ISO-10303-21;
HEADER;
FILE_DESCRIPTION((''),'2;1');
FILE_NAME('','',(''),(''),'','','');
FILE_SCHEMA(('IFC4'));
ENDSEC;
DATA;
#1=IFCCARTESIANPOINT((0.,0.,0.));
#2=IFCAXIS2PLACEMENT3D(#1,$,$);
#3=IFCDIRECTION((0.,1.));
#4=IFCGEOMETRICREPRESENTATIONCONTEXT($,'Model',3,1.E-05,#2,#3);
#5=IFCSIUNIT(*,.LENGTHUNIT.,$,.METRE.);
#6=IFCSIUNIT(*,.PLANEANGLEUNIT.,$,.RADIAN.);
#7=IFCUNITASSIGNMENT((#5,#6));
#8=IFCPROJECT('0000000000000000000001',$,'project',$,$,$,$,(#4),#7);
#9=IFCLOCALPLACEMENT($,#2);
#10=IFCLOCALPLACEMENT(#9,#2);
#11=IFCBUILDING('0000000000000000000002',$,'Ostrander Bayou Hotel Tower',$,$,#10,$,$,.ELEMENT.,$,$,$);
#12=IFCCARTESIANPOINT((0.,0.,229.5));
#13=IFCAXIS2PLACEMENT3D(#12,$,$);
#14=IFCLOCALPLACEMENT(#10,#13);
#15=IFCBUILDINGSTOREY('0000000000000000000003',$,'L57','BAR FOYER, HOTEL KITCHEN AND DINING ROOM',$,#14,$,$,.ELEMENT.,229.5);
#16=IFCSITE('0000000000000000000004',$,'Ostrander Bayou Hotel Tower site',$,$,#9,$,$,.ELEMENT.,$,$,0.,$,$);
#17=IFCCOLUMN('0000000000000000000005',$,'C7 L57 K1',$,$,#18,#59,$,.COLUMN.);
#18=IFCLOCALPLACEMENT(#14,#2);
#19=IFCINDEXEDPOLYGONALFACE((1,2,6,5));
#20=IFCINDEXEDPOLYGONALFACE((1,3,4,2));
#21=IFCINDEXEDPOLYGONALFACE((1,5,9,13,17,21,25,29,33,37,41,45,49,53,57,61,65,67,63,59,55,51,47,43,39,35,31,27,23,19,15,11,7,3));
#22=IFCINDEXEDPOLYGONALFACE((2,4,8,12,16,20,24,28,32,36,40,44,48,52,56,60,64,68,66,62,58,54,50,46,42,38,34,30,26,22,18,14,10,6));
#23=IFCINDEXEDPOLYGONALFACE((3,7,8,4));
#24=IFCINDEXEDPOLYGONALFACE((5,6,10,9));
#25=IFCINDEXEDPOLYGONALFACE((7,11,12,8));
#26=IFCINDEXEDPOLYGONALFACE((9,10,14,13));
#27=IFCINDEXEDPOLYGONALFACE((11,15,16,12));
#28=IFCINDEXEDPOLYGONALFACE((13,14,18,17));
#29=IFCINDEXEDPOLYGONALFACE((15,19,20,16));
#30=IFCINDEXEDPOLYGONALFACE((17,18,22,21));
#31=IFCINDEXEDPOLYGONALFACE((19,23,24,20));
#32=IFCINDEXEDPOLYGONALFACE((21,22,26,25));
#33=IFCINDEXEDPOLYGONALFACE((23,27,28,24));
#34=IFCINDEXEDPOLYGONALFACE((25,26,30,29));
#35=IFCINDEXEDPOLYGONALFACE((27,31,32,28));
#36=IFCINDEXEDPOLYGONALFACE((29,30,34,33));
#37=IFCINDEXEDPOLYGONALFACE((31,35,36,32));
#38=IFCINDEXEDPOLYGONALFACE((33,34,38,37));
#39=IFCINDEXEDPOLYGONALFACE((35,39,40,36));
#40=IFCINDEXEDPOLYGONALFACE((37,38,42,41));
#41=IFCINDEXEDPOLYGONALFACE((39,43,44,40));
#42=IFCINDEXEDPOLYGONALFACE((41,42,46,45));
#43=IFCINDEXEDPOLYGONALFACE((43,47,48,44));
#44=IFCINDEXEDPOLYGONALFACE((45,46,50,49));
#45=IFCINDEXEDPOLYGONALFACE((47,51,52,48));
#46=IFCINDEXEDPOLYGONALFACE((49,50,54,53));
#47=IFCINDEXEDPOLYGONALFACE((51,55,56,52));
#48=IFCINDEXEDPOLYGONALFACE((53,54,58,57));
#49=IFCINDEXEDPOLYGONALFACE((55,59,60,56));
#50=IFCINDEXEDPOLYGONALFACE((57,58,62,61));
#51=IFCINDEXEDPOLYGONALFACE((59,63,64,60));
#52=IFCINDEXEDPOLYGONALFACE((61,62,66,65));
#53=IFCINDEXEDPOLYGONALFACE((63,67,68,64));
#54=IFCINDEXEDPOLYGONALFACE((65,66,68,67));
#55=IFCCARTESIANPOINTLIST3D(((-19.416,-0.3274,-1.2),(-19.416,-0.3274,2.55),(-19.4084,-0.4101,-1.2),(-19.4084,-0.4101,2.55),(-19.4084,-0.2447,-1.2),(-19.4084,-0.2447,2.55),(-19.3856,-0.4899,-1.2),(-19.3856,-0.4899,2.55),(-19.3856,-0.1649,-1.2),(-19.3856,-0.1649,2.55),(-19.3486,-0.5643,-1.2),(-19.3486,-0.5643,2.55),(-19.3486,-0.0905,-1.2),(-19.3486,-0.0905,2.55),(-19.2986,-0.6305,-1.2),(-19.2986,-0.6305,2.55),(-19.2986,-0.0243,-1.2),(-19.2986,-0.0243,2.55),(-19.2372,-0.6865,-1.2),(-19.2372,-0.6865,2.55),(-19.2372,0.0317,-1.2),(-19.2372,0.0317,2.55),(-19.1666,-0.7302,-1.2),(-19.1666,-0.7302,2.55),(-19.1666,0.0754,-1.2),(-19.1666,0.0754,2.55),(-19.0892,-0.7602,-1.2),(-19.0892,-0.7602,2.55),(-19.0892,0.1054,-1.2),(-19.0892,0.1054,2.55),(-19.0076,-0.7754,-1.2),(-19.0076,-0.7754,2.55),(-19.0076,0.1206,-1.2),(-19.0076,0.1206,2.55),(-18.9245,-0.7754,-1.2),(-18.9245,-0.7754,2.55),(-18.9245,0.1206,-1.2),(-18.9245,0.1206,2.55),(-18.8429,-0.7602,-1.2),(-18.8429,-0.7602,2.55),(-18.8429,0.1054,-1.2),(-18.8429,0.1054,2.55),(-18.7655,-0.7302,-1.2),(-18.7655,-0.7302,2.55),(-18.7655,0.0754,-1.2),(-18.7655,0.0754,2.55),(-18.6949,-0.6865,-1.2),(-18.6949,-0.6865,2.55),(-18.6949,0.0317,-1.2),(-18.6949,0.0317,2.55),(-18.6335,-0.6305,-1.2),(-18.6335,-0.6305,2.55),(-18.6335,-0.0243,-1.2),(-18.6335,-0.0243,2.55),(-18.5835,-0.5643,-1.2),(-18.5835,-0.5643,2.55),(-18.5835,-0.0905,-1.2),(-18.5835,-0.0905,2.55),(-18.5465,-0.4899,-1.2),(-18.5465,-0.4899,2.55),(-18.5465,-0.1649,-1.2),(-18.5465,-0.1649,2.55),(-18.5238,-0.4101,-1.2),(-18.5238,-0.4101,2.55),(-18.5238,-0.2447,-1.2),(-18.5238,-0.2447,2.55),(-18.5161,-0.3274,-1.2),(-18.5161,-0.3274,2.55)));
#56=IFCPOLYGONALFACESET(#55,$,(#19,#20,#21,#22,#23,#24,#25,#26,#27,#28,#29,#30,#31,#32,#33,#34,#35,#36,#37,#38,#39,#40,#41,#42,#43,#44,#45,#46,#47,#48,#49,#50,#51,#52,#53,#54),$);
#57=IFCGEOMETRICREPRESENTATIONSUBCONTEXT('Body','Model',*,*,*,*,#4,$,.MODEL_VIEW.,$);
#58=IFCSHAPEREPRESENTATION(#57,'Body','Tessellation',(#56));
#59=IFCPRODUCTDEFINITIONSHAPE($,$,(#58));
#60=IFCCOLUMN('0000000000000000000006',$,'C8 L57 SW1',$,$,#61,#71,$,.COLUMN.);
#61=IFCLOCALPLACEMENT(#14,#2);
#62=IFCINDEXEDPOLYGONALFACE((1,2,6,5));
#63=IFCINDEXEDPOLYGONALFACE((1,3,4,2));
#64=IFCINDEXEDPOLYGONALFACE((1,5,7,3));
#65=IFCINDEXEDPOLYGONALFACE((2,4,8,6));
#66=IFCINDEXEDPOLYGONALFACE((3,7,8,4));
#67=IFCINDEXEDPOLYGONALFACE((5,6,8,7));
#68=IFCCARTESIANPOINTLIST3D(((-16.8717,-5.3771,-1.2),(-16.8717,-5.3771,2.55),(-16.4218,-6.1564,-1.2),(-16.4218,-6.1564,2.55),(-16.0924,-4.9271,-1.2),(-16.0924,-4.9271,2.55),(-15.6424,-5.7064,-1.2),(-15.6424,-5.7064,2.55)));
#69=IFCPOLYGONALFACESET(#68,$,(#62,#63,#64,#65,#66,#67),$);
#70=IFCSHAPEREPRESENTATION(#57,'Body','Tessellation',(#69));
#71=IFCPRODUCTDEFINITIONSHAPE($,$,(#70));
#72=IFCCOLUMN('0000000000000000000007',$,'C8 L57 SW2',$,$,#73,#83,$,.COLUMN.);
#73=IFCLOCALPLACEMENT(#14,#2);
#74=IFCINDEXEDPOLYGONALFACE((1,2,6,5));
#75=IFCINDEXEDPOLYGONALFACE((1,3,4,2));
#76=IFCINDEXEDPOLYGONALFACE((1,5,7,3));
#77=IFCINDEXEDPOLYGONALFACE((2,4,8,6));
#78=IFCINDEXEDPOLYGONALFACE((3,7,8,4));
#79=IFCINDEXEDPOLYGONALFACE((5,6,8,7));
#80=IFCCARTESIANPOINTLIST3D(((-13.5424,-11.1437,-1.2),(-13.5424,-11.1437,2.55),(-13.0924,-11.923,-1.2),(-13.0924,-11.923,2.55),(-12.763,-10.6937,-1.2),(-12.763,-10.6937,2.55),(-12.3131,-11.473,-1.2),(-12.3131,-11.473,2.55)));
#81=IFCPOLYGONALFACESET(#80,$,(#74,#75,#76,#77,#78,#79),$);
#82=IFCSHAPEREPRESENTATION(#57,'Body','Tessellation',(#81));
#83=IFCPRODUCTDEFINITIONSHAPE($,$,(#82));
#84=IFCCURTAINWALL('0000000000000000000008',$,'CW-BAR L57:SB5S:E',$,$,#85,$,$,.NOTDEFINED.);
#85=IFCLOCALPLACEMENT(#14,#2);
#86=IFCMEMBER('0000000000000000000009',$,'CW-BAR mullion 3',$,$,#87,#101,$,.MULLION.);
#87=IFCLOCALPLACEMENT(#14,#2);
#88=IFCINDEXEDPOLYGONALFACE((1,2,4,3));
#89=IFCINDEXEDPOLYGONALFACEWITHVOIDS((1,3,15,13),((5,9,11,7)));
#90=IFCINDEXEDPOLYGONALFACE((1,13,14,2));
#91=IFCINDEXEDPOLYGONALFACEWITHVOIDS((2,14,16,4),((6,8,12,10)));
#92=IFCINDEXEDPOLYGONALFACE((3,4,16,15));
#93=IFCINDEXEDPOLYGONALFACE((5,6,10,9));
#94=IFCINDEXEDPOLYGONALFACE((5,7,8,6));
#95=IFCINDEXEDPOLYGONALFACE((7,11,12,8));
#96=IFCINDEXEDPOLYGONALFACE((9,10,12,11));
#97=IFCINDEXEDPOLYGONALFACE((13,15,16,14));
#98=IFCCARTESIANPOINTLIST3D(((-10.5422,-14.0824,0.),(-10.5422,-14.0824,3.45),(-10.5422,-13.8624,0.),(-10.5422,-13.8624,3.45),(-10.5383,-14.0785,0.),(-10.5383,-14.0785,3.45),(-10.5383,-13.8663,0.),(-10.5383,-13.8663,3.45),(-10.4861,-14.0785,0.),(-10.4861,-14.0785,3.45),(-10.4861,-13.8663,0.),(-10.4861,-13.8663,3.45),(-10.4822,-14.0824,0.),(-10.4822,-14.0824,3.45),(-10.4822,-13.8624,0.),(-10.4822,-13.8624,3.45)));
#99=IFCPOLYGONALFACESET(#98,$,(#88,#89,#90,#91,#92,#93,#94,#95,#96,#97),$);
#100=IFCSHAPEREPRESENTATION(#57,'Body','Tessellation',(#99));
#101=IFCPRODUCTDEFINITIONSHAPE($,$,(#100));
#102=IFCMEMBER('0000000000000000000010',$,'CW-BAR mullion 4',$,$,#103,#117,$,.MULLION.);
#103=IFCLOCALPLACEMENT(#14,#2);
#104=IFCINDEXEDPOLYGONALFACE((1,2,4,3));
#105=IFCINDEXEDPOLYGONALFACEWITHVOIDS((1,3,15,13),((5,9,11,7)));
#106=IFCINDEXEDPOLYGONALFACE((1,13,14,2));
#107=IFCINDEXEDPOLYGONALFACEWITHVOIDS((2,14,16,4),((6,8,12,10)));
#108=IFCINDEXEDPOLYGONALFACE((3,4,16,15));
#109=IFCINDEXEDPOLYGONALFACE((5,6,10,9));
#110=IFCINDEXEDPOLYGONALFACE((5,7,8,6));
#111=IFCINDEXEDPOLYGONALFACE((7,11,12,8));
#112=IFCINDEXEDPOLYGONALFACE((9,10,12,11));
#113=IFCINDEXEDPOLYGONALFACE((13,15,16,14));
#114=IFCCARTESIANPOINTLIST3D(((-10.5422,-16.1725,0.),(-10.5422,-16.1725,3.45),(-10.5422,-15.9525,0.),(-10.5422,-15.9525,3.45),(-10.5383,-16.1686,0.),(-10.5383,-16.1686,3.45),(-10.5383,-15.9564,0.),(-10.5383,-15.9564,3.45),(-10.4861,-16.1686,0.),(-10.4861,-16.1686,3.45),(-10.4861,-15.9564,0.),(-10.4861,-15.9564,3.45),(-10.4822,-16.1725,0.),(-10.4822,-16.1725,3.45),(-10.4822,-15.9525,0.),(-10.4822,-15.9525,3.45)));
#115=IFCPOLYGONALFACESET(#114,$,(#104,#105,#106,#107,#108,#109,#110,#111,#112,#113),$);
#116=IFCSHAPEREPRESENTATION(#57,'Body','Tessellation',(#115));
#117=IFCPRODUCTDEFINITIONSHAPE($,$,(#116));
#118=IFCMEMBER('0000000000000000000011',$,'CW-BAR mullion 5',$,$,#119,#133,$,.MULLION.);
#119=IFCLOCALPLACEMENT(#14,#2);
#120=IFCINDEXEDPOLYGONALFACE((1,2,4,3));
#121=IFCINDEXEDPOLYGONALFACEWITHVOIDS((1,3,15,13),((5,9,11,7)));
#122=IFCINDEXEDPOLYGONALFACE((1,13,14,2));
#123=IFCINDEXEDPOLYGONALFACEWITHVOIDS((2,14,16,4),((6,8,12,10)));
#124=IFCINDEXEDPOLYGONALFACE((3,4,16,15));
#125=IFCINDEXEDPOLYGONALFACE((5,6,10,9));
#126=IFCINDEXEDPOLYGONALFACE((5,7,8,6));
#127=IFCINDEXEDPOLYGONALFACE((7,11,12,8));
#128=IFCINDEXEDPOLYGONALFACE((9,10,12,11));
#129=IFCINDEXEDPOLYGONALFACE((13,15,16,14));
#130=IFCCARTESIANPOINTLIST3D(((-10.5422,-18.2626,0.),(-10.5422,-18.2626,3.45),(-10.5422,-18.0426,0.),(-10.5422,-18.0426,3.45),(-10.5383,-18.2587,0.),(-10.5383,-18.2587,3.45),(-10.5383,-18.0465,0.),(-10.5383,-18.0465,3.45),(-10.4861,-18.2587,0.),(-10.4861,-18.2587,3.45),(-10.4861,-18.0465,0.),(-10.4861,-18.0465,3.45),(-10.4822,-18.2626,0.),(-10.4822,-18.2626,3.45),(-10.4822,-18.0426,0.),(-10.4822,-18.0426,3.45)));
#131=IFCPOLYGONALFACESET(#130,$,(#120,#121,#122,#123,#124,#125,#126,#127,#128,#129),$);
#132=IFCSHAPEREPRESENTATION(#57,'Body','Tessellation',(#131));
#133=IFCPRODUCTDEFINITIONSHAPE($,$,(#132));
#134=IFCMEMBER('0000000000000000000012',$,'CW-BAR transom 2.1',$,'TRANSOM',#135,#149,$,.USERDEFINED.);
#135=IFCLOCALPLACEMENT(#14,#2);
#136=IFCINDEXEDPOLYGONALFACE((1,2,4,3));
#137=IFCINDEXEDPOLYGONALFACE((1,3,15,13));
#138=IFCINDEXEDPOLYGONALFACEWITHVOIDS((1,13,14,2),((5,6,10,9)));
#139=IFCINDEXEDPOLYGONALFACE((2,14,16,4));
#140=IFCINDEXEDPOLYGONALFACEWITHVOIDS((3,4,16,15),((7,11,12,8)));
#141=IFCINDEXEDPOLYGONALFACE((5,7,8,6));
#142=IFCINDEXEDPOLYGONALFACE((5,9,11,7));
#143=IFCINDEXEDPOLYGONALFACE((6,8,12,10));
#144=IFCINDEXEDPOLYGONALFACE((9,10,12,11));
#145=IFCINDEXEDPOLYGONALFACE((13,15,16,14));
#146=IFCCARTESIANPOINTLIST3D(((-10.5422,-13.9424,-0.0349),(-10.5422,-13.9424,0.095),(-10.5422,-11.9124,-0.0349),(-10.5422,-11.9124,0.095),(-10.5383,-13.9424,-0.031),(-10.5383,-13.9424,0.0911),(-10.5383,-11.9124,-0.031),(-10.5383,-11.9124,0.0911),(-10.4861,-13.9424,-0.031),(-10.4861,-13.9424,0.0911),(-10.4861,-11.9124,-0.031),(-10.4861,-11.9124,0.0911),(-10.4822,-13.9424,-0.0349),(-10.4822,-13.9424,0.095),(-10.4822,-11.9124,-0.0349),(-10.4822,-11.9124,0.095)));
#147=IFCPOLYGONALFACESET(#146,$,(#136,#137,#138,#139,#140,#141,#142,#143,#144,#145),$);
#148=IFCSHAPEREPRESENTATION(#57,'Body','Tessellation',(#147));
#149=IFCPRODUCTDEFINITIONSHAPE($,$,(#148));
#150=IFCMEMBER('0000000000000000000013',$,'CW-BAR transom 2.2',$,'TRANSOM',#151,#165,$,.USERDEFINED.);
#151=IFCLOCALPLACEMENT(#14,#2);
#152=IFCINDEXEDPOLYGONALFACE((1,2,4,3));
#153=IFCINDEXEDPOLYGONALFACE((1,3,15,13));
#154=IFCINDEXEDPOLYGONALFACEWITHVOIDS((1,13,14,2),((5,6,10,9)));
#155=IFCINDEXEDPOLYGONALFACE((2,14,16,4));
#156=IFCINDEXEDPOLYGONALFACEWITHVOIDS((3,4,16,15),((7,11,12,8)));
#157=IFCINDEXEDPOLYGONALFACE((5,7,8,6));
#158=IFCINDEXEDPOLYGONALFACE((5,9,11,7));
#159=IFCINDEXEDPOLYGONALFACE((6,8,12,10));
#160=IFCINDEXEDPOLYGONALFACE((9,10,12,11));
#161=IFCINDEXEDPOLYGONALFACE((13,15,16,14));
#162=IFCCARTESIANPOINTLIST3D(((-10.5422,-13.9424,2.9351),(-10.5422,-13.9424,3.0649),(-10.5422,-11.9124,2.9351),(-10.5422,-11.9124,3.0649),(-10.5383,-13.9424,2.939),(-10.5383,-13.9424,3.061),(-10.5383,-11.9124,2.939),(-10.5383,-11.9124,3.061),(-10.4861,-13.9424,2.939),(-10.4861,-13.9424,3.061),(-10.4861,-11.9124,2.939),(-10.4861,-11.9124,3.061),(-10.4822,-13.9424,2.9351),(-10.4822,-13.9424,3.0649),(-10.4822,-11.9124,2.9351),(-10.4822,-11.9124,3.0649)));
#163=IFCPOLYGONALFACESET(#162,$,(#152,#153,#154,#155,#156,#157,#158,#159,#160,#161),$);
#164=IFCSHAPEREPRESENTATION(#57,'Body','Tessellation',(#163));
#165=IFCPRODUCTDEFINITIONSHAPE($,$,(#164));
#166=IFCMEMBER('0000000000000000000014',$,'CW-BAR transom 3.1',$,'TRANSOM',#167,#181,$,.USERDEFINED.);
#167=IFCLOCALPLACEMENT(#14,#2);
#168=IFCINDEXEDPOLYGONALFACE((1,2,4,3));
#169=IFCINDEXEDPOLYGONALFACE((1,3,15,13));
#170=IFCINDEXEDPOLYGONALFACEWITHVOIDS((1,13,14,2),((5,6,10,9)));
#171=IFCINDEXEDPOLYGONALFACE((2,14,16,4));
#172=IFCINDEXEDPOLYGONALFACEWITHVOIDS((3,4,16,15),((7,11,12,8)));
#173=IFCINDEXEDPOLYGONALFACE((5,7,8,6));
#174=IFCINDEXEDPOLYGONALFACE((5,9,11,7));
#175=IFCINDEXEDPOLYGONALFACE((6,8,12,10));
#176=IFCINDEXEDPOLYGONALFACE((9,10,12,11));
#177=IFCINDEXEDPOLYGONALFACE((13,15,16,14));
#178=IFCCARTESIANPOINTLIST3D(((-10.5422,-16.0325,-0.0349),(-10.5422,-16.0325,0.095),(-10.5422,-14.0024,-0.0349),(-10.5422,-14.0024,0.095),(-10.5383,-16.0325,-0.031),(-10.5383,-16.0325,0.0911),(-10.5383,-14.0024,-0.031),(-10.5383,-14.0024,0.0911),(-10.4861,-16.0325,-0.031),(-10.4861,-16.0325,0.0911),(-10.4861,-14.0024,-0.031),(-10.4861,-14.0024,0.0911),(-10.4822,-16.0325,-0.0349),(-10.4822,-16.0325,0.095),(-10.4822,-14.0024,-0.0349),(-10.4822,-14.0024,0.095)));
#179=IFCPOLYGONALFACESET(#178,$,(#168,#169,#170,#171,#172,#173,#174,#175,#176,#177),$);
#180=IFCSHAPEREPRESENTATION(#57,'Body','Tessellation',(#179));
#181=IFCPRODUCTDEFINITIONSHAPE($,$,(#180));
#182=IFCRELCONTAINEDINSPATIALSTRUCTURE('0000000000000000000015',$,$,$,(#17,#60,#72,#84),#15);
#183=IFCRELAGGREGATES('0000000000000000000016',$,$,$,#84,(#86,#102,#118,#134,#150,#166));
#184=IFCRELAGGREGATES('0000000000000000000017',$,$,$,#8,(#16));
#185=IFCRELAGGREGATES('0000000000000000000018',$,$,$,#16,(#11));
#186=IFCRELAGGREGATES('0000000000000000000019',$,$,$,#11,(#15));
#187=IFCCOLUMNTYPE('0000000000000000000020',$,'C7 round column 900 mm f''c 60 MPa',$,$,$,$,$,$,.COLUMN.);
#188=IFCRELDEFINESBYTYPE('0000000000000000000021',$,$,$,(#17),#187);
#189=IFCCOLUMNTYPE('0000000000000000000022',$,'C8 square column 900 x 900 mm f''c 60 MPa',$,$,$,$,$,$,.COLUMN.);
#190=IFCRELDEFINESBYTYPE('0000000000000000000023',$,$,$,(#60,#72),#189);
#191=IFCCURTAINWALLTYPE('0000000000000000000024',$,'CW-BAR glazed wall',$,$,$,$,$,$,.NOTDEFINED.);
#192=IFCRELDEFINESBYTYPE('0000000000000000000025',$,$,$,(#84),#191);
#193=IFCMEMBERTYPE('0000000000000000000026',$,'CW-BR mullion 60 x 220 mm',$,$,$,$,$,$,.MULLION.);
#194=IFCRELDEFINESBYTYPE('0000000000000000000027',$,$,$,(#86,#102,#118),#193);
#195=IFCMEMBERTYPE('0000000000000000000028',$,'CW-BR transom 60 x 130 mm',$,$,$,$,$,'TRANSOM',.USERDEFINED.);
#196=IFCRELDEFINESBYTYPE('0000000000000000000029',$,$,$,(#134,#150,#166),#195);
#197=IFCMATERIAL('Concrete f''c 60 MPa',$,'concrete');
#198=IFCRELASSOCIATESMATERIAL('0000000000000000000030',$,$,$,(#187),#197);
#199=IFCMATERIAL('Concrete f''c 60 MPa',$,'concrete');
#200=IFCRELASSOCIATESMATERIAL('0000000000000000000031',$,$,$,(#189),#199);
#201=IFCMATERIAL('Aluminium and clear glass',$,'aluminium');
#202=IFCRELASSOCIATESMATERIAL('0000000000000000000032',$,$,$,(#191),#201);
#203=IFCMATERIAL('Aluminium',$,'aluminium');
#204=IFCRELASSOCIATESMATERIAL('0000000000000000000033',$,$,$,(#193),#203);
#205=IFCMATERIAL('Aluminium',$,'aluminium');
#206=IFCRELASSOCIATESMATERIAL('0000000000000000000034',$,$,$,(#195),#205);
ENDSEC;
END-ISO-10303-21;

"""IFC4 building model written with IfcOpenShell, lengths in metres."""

from ifc_helpers import new_model, si_unit, direction, frame, origin, origin_2d, place, context, subcontext, project, spatial, rectangle, hollow_rectangle, circle, extrude, material, material_profile, profile_set, type_object, element, aggregate, save


model = new_model("IFC4")

# Units and contexts
model_context = context("Model", 3, precision=1e-05, world=origin(), true_north=direction((0.0, 1.0)))
body_context = subcontext(model_context, "Body", "Model", "MODEL_VIEW")
ifc_project = project(units=[si_unit("LENGTHUNIT", "METRE"), si_unit("PLANEANGLEUNIT", "RADIAN")], contexts=[model_context])

# Site, building, storey
site_placement = place(None, origin())
site = spatial("IfcSite", under=ifc_project, at=site_placement, Name="Ostrander Bayou Hotel Tower site", CompositionType="ELEMENT", RefElevation=0.0)
building_placement = place(site_placement, origin())
building = spatial("IfcBuilding", under=site, at=building_placement, Name="Ostrander Bayou Hotel Tower", CompositionType="ELEMENT")
storey_placement = place(building_placement, frame((0.0, 0.0, 229.5)))
storey = spatial("IfcBuildingStorey", under=building, at=storey_placement, Name="L57", Description="BAR FOYER, HOTEL KITCHEN AND DINING ROOM", CompositionType="ELEMENT", Elevation=229.5)

# Columns
ifc_material_1 = material(Name="Concrete f'c 60 MPa", Category="concrete")
ifc_material_profile_1 = material_profile(ifc_material_1, circle(Radius=0.45, at=origin_2d()))
ifc_profile_set_1 = profile_set([ifc_material_profile_1], Name="Concrete f'c 60 MPa")
column_type_1 = type_object("IfcColumnType", Name="C7 round column 900 mm f'c 60 MPa", PredefinedType="COLUMN", material=ifc_profile_set_1)
column_placement = place(storey_placement, frame((-18.9661, -0.3274, -1.2), z_axis=(0.0, 0.0, 1.0), x_axis=(1.0, 0.0, 0.0)))
element("IfcColumn", 1, at=column_placement, inside=storey, type_object=column_type_1, Name="C7 L57 K1", PredefinedType="COLUMN", context=body_context, shape_type="SweptSolid", body=[
    extrude(circle(Radius=0.45, at=origin_2d()), origin(), (0.0, 0.0, 1.0), 3.75),
])
ifc_material_2 = material(Name="Concrete f'c 60 MPa", Category="concrete")
ifc_material_profile_2 = material_profile(ifc_material_2, rectangle(XDim=0.8999, YDim=0.8999, at=origin_2d()))
ifc_profile_set_2 = profile_set([ifc_material_profile_2], Name="Concrete f'c 60 MPa")
column_type_2 = type_object("IfcColumnType", Name="C8 square column 900 x 900 mm f'c 60 MPa", PredefinedType="COLUMN", material=ifc_profile_set_2)
for number, where, z_axis, x_axis, name in (
    (2, (-16.2571, -5.5417, -1.2), (0.0, 0.0, 1.0), (-0.5, 0.866025, 0.0), "C8 L57 SW1"),
    (3, (-12.9277, -11.3083, -1.2), (0.0, 0.0, 1.0), (-0.5, 0.866025, 0.0), "C8 L57 SW2"),
):
    element("IfcColumn", number, at=place(storey_placement, frame(where, z_axis=z_axis, x_axis=x_axis)), inside=storey, type_object=column_type_2, Name=name, PredefinedType="COLUMN", context=body_context, shape_type="SweptSolid", body=[
        extrude(rectangle(XDim=0.8999, YDim=0.8999, at=origin_2d()), origin(), (0.0, 0.0, 1.0), 3.75),
    ])

# Curtain wall, members
ifc_material_3 = material(Name="Aluminium and clear glass", Category="aluminium")
curtain_wall_type = type_object("IfcCurtainWallType", Name="CW-BAR glazed wall", PredefinedType="NOTDEFINED", material=ifc_material_3)
curtain_wall_placement = place(storey_placement, origin())
curtain_wall = element("IfcCurtainWall", 4, at=curtain_wall_placement, inside=storey, type_object=curtain_wall_type, Name="CW-BAR L57:SB5S:E", PredefinedType="NOTDEFINED")
ifc_material_4 = material(Name="Aluminium", Category="aluminium")
ifc_material_profile_3 = material_profile(ifc_material_4, hollow_rectangle(XDim=0.0601, YDim=0.22, WallThickness=0.0039, at=origin_2d()))
ifc_profile_set_3 = profile_set([ifc_material_profile_3], Name="Aluminium")
member_type_1 = type_object("IfcMemberType", Name="CW-BR mullion 60 x 220 mm", PredefinedType="MULLION", material=ifc_profile_set_3)
member_1_placement = place(storey_placement, frame((-10.5122, -13.9724, 0.0), z_axis=(0.0, 0.0, 1.0), x_axis=(1.0, 0.0, 0.0)))
member_1 = element("IfcMember", 5, at=member_1_placement, type_object=member_type_1, Name="CW-BAR mullion 3", PredefinedType="MULLION", context=body_context, shape_type="SweptSolid", body=[
    extrude(hollow_rectangle(XDim=0.0601, YDim=0.22, WallThickness=0.0039, at=origin_2d()), origin(), (0.0, 0.0, 1.0), 3.45),
])
member_2_placement = place(storey_placement, frame((-10.5122, -16.0625, 0.0), z_axis=(0.0, 0.0, 1.0), x_axis=(1.0, 0.0, 0.0)))
member_2 = element("IfcMember", 6, at=member_2_placement, type_object=member_type_1, Name="CW-BAR mullion 4", PredefinedType="MULLION", context=body_context, shape_type="SweptSolid", body=[
    extrude(hollow_rectangle(XDim=0.0601, YDim=0.22, WallThickness=0.0039, at=origin_2d()), origin(), (0.0, 0.0, 1.0), 3.45),
])
member_3_placement = place(storey_placement, frame((-10.5122, -18.1526, 0.0), z_axis=(0.0, 0.0, 1.0), x_axis=(1.0, 0.0, 0.0)))
member_3 = element("IfcMember", 7, at=member_3_placement, type_object=member_type_1, Name="CW-BAR mullion 5", PredefinedType="MULLION", context=body_context, shape_type="SweptSolid", body=[
    extrude(hollow_rectangle(XDim=0.0601, YDim=0.22, WallThickness=0.0039, at=origin_2d()), origin(), (0.0, 0.0, 1.0), 3.45),
])
ifc_material_5 = material(Name="Aluminium", Category="aluminium")
ifc_material_profile_4 = material_profile(ifc_material_5, hollow_rectangle(XDim=0.0601, YDim=0.1299, WallThickness=0.0039, at=origin_2d()))
ifc_profile_set_4 = profile_set([ifc_material_profile_4], Name="Aluminium")
member_type_2 = type_object("IfcMemberType", Name="CW-BR transom 60 x 130 mm", ElementType="TRANSOM", PredefinedType="USERDEFINED", material=ifc_profile_set_4)
member_4_placement = place(storey_placement, frame((-10.5122, -11.9124, 0.03), z_axis=(0.0, -1.0, 0.0), x_axis=(1.0, 0.0, 0.0)))
member_4 = element("IfcMember", 8, at=member_4_placement, type_object=member_type_2, Name="CW-BAR transom 2.1", ObjectType="TRANSOM", PredefinedType="USERDEFINED", context=body_context, shape_type="SweptSolid", body=[
    extrude(hollow_rectangle(XDim=0.0601, YDim=0.1299, WallThickness=0.0039, at=origin_2d()), origin(), (0.0, 0.0, 1.0), 2.03),
])
member_5_placement = place(storey_placement, frame((-10.5122, -11.9124, 3.0), z_axis=(0.0, -1.0, 0.0), x_axis=(1.0, 0.0, 0.0)))
member_5 = element("IfcMember", 9, at=member_5_placement, type_object=member_type_2, Name="CW-BAR transom 2.2", ObjectType="TRANSOM", PredefinedType="USERDEFINED", context=body_context, shape_type="SweptSolid", body=[
    extrude(hollow_rectangle(XDim=0.0601, YDim=0.1299, WallThickness=0.0039, at=origin_2d()), origin(), (0.0, 0.0, 1.0), 2.03),
])
member_6_placement = place(storey_placement, frame((-10.5122, -14.0024, 0.03), z_axis=(0.0, -1.0, 0.0), x_axis=(1.0, 0.0, 0.0)))
member_6 = element("IfcMember", 10, at=member_6_placement, type_object=member_type_2, Name="CW-BAR transom 3.1", ObjectType="TRANSOM", PredefinedType="USERDEFINED", context=body_context, shape_type="SweptSolid", body=[
    extrude(hollow_rectangle(XDim=0.0601, YDim=0.1299, WallThickness=0.0039, at=origin_2d()), origin(), (0.0, 0.0, 1.0), 2.03),
])

aggregate(curtain_wall, [member_1, member_2, member_3, member_4, member_5, member_6])

save(model, "model.ifc")
